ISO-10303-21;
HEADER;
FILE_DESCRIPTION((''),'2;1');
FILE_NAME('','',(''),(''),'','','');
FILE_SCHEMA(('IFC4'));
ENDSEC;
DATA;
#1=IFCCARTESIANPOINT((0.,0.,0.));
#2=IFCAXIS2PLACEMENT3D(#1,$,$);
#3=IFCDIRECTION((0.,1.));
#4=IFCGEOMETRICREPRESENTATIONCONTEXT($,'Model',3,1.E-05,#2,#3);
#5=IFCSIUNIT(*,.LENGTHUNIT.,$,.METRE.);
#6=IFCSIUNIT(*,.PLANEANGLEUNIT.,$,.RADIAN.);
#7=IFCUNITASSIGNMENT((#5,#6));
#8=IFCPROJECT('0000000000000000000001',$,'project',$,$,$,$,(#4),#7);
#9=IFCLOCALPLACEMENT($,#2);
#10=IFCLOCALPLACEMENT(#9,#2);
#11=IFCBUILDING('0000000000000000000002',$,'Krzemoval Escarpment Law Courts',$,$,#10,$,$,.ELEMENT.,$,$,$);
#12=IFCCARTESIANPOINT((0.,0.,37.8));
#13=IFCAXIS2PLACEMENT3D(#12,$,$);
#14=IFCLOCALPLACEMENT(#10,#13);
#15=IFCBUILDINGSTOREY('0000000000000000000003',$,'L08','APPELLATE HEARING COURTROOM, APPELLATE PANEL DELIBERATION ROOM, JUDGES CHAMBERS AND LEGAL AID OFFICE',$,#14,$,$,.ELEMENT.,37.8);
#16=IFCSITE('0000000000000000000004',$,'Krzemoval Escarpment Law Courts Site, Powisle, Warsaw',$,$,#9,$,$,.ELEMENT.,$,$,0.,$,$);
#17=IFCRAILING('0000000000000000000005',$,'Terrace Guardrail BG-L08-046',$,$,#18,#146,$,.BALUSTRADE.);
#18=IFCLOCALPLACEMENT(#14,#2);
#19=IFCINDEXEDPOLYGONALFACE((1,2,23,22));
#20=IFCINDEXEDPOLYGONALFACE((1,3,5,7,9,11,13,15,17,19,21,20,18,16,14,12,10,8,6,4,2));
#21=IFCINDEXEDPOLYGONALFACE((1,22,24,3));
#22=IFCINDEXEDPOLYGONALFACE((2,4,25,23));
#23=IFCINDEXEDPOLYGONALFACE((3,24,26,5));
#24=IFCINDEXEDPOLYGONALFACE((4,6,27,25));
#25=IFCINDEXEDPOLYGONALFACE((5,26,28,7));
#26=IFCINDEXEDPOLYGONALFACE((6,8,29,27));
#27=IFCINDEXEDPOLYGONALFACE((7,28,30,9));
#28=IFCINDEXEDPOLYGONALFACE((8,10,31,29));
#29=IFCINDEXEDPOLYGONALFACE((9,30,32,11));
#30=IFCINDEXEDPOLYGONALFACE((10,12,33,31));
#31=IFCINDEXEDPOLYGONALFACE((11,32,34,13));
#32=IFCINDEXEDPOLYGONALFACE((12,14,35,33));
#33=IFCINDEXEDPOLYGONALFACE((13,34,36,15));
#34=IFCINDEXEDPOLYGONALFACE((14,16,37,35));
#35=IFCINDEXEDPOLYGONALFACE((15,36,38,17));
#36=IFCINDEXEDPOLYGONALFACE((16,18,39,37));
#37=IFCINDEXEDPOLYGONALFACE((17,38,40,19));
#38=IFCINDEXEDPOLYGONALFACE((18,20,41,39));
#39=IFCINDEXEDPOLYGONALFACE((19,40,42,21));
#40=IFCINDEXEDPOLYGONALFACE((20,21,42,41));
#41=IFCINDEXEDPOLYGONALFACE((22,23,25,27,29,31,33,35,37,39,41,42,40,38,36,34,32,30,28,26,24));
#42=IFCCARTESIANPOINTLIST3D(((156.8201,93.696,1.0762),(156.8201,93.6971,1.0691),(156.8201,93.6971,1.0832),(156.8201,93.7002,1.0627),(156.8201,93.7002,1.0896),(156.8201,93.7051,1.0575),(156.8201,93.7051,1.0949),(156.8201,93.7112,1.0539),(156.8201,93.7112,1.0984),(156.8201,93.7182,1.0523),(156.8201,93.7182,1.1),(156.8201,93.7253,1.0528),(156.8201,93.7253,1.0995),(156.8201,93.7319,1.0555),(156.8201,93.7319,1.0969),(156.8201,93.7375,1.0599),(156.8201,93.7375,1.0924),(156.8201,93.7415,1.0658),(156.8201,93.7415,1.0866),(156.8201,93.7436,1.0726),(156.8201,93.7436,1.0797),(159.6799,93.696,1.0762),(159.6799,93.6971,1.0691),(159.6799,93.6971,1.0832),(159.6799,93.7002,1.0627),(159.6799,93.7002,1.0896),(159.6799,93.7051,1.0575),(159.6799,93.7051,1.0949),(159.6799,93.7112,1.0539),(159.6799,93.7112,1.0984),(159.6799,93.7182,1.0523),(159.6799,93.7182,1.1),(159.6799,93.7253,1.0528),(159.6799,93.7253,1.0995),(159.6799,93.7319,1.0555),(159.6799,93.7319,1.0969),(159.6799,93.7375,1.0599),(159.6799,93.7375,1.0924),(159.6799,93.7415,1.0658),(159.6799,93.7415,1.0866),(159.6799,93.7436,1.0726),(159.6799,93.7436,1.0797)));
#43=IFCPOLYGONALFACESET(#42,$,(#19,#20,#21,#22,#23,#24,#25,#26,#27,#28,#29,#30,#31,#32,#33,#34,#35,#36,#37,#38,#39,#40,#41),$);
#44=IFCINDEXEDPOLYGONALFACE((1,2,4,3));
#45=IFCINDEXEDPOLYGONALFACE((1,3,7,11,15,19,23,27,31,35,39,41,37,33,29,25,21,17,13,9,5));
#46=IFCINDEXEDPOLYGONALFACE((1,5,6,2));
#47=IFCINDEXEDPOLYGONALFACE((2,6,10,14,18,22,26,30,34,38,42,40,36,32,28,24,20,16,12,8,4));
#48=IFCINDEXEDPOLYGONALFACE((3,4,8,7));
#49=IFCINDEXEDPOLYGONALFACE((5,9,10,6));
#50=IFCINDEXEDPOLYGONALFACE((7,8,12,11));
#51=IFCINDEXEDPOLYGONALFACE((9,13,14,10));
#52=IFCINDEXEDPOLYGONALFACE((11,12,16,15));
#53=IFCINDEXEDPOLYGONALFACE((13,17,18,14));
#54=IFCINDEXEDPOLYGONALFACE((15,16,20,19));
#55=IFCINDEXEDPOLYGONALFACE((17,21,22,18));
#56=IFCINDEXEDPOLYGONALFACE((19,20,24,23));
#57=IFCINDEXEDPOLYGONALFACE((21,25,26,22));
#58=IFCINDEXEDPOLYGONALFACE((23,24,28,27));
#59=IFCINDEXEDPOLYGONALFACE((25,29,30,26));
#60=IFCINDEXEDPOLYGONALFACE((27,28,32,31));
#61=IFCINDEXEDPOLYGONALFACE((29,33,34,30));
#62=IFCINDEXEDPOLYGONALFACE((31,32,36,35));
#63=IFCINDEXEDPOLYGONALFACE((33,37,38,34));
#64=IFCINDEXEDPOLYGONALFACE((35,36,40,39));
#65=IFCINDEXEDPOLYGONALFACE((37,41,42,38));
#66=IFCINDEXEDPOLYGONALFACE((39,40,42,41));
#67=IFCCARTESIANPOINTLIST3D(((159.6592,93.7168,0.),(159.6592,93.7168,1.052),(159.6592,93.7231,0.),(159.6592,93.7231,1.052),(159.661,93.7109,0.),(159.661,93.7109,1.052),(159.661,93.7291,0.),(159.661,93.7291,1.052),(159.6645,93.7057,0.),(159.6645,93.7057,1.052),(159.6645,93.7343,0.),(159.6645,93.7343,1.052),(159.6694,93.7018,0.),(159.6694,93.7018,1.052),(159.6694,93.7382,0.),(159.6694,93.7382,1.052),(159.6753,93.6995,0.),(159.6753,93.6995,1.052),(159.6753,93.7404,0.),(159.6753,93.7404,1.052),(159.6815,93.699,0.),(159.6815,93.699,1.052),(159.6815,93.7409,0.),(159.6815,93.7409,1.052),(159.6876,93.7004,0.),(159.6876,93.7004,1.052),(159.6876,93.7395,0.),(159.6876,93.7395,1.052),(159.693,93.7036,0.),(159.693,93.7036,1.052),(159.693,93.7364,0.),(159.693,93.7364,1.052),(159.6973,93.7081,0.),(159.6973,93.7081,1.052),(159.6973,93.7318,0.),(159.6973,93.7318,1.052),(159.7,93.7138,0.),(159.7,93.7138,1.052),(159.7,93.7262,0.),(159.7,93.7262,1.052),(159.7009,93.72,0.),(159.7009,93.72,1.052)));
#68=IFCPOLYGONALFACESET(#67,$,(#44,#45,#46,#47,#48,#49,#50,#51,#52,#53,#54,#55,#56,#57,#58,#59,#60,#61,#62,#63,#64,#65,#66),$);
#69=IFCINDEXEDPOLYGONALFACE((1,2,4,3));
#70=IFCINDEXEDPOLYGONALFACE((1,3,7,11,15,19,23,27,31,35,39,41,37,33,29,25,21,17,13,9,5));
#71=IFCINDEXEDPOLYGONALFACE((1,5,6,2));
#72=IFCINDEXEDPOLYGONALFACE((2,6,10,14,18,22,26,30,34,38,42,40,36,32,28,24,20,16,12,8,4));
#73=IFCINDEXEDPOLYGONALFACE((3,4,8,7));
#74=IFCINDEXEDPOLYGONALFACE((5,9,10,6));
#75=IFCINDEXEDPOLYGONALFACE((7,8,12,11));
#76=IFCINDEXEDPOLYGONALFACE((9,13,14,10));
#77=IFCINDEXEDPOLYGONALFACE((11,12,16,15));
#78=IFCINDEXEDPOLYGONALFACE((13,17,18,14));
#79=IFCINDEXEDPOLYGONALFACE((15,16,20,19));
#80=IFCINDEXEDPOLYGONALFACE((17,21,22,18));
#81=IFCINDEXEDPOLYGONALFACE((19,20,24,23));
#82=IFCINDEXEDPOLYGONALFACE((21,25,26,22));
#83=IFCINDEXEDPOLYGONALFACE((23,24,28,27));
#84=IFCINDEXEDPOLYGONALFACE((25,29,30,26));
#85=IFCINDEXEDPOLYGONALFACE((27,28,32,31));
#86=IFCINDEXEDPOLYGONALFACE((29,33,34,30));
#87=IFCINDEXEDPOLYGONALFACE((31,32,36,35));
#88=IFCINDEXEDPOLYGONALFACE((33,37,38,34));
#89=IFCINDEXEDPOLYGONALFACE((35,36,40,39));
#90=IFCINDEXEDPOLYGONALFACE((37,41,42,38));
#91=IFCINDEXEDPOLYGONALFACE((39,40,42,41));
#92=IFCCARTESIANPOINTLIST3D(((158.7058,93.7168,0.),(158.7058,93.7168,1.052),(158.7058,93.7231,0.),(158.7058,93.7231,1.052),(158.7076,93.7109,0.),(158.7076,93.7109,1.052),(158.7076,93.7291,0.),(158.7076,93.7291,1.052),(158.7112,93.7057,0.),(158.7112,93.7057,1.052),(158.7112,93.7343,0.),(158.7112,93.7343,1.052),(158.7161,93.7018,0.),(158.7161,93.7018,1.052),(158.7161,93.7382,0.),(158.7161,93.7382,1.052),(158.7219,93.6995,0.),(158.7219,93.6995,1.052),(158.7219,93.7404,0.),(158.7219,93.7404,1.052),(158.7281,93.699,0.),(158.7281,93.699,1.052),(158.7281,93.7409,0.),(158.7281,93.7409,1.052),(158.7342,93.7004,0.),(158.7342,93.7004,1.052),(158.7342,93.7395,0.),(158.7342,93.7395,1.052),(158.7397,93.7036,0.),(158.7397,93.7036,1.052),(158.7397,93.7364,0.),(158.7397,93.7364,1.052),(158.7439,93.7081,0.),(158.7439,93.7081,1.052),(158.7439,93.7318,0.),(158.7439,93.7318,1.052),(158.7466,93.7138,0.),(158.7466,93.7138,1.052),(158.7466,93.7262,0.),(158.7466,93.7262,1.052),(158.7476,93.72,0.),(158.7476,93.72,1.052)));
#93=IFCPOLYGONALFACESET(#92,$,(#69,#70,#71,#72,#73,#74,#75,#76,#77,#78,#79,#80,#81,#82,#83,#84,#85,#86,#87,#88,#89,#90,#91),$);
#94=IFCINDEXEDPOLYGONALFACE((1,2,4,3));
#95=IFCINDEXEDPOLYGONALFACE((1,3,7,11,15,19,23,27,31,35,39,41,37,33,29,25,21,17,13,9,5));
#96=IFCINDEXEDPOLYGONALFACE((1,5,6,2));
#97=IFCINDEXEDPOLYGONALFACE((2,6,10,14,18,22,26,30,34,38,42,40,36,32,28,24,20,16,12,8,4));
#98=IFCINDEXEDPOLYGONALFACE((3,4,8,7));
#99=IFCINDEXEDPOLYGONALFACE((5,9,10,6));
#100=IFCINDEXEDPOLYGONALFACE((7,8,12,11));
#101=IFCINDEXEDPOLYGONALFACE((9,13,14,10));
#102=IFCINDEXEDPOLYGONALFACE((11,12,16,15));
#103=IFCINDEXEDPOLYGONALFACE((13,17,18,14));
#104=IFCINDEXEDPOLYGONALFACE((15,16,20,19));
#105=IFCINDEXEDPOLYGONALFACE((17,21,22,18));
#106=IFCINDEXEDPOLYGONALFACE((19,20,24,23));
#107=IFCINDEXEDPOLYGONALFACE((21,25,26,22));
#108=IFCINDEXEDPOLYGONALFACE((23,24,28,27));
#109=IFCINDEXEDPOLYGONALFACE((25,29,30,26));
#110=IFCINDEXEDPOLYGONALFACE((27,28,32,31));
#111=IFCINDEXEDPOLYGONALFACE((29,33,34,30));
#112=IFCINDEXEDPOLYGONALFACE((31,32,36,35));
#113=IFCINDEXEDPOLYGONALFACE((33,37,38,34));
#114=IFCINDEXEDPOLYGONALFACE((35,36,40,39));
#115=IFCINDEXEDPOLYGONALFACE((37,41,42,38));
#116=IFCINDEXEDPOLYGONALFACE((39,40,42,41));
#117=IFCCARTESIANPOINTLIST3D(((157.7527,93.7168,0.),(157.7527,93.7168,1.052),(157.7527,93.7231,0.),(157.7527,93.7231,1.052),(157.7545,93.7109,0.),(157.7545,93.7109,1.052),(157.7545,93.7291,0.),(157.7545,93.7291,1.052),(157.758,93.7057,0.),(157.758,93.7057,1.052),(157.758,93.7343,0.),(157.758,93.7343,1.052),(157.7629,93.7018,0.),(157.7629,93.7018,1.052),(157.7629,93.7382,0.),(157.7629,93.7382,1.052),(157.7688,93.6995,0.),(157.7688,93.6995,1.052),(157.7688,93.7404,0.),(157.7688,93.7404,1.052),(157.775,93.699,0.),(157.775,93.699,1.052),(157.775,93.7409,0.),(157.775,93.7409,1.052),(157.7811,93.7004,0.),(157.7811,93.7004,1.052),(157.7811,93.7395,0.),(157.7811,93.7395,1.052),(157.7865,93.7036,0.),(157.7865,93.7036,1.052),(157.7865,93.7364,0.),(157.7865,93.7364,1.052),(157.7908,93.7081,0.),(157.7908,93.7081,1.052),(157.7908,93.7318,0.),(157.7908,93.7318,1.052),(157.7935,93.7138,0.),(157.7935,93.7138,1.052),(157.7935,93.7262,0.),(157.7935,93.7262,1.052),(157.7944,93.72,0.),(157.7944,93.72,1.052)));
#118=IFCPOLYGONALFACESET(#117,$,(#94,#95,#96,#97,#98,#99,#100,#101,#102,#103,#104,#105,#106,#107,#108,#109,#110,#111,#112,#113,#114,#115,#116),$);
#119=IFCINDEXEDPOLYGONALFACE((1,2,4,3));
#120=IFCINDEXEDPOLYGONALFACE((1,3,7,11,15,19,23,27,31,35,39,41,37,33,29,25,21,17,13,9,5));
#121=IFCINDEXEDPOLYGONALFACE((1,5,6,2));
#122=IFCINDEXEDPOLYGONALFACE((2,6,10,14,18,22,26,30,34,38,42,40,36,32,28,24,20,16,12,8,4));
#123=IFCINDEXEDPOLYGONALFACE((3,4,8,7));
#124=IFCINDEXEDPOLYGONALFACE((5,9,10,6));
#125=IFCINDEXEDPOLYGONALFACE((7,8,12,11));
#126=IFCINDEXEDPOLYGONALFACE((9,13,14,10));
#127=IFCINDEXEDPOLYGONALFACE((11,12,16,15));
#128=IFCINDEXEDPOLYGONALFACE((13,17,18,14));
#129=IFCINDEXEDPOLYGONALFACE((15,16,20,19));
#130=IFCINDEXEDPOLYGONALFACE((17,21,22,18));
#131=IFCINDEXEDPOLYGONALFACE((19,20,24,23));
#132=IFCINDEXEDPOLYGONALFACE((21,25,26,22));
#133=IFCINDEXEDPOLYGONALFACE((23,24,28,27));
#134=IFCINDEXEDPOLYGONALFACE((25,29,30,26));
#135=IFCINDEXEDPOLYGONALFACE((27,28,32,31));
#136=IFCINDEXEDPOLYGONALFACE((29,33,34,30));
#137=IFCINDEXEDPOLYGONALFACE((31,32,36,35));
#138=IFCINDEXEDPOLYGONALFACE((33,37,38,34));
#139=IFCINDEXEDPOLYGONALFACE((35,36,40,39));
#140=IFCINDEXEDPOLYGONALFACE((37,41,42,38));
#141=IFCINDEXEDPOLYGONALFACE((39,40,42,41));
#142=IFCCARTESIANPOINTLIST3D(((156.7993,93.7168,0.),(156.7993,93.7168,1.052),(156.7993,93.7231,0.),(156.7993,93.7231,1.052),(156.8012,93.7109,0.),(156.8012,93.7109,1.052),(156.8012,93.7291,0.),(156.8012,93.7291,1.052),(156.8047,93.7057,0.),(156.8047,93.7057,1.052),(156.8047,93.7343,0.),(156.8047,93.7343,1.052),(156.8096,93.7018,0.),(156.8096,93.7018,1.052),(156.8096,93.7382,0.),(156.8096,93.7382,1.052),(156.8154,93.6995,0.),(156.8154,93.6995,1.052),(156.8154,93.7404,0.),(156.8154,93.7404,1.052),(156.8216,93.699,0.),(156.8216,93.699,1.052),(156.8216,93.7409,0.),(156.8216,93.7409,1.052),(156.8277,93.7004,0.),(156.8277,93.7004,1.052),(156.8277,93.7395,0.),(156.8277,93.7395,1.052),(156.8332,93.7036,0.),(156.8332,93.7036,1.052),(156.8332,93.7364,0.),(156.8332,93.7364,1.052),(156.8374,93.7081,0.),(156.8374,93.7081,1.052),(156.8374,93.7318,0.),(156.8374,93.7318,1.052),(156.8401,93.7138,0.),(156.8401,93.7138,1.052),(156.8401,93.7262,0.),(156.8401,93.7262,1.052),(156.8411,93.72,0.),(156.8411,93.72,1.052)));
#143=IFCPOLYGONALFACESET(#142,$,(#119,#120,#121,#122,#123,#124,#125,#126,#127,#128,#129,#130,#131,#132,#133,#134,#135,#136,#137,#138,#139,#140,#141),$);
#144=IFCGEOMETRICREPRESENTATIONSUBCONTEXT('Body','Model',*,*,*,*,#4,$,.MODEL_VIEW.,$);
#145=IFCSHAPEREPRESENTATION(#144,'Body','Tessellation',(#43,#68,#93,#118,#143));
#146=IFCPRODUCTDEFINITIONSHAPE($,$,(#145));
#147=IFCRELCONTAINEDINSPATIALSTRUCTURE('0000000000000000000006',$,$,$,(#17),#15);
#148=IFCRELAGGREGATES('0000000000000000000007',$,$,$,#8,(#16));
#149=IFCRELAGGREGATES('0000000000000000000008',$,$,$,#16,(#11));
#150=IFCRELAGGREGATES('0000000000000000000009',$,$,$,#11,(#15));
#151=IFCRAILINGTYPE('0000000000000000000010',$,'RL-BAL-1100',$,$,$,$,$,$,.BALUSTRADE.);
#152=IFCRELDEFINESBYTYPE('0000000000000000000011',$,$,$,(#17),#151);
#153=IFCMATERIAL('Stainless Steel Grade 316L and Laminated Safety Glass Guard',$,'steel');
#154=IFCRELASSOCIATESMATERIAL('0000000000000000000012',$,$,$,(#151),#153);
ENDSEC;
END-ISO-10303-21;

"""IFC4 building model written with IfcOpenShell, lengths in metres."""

from ifc_helpers import new_model, si_unit, direction, frame, origin, origin_2d, place, context, subcontext, project, spatial, circle, extrude, material, type_object, element, save


model = new_model("IFC4")

# Units and contexts
model_context = context("Model", 3, precision=1e-05, world=origin(), true_north=direction((0.0, 1.0)))
body_context = subcontext(model_context, "Body", "Model", "MODEL_VIEW")
ifc_project = project(units=[si_unit("LENGTHUNIT", "METRE"), si_unit("PLANEANGLEUNIT", "RADIAN")], contexts=[model_context])

# Site, building, storey
site_placement = place(None, origin())
site = spatial("IfcSite", under=ifc_project, at=site_placement, Name="Krzemoval Escarpment Law Courts Site, Powisle, Warsaw", CompositionType="ELEMENT", RefElevation=0.0)
building_placement = place(site_placement, origin())
building = spatial("IfcBuilding", under=site, at=building_placement, Name="Krzemoval Escarpment Law Courts", CompositionType="ELEMENT")
storey_placement = place(building_placement, frame((0.0, 0.0, 37.8)))
storey = spatial("IfcBuildingStorey", under=building, at=storey_placement, Name="L08", Description="APPELLATE HEARING COURTROOM, APPELLATE PANEL DELIBERATION ROOM, JUDGES CHAMBERS AND LEGAL AID OFFICE", CompositionType="ELEMENT", Elevation=37.8)

# Railing
ifc_material_1 = material(Name="Stainless Steel Grade 316L and Laminated Safety Glass Guard", Category="steel")
railing_type = type_object("IfcRailingType", Name="RL-BAL-1100", PredefinedType="BALUSTRADE", material=ifc_material_1)
railing_1_placement = place(storey_placement, frame((159.6799, 93.72, 0.0)))
element("IfcRailing", 1, at=railing_1_placement, inside=storey, type_object=railing_type, Name="Terrace Guardrail BG-L08-046", PredefinedType="BALUSTRADE", context=body_context, shape_type="SweptSolid", body=[
    extrude(circle(Radius=0.0239, at=origin_2d()), frame((0.0, 0.0, 1.0762), z_axis=(-1.0, 0.0, 0.0), x_axis=(0.0, -1.0, 0.0)), (0.0, 0.0, 1.0), 2.8599),
    extrude(circle(Radius=0.021, at=origin_2d()), origin(), (0.0, 0.0, 1.0), 1.052),
    extrude(circle(Radius=0.021, at=origin_2d()), frame((-0.9534, 0.0, 0.0)), (0.0, 0.0, 1.0), 1.052),
    extrude(circle(Radius=0.021, at=origin_2d()), frame((-1.9065, 0.0, 0.0)), (0.0, 0.0, 1.0), 1.052),
    extrude(circle(Radius=0.021, at=origin_2d()), frame((-2.8599, 0.0, 0.0)), (0.0, 0.0, 1.0), 1.052),
])

save(model, "model.ifc")
